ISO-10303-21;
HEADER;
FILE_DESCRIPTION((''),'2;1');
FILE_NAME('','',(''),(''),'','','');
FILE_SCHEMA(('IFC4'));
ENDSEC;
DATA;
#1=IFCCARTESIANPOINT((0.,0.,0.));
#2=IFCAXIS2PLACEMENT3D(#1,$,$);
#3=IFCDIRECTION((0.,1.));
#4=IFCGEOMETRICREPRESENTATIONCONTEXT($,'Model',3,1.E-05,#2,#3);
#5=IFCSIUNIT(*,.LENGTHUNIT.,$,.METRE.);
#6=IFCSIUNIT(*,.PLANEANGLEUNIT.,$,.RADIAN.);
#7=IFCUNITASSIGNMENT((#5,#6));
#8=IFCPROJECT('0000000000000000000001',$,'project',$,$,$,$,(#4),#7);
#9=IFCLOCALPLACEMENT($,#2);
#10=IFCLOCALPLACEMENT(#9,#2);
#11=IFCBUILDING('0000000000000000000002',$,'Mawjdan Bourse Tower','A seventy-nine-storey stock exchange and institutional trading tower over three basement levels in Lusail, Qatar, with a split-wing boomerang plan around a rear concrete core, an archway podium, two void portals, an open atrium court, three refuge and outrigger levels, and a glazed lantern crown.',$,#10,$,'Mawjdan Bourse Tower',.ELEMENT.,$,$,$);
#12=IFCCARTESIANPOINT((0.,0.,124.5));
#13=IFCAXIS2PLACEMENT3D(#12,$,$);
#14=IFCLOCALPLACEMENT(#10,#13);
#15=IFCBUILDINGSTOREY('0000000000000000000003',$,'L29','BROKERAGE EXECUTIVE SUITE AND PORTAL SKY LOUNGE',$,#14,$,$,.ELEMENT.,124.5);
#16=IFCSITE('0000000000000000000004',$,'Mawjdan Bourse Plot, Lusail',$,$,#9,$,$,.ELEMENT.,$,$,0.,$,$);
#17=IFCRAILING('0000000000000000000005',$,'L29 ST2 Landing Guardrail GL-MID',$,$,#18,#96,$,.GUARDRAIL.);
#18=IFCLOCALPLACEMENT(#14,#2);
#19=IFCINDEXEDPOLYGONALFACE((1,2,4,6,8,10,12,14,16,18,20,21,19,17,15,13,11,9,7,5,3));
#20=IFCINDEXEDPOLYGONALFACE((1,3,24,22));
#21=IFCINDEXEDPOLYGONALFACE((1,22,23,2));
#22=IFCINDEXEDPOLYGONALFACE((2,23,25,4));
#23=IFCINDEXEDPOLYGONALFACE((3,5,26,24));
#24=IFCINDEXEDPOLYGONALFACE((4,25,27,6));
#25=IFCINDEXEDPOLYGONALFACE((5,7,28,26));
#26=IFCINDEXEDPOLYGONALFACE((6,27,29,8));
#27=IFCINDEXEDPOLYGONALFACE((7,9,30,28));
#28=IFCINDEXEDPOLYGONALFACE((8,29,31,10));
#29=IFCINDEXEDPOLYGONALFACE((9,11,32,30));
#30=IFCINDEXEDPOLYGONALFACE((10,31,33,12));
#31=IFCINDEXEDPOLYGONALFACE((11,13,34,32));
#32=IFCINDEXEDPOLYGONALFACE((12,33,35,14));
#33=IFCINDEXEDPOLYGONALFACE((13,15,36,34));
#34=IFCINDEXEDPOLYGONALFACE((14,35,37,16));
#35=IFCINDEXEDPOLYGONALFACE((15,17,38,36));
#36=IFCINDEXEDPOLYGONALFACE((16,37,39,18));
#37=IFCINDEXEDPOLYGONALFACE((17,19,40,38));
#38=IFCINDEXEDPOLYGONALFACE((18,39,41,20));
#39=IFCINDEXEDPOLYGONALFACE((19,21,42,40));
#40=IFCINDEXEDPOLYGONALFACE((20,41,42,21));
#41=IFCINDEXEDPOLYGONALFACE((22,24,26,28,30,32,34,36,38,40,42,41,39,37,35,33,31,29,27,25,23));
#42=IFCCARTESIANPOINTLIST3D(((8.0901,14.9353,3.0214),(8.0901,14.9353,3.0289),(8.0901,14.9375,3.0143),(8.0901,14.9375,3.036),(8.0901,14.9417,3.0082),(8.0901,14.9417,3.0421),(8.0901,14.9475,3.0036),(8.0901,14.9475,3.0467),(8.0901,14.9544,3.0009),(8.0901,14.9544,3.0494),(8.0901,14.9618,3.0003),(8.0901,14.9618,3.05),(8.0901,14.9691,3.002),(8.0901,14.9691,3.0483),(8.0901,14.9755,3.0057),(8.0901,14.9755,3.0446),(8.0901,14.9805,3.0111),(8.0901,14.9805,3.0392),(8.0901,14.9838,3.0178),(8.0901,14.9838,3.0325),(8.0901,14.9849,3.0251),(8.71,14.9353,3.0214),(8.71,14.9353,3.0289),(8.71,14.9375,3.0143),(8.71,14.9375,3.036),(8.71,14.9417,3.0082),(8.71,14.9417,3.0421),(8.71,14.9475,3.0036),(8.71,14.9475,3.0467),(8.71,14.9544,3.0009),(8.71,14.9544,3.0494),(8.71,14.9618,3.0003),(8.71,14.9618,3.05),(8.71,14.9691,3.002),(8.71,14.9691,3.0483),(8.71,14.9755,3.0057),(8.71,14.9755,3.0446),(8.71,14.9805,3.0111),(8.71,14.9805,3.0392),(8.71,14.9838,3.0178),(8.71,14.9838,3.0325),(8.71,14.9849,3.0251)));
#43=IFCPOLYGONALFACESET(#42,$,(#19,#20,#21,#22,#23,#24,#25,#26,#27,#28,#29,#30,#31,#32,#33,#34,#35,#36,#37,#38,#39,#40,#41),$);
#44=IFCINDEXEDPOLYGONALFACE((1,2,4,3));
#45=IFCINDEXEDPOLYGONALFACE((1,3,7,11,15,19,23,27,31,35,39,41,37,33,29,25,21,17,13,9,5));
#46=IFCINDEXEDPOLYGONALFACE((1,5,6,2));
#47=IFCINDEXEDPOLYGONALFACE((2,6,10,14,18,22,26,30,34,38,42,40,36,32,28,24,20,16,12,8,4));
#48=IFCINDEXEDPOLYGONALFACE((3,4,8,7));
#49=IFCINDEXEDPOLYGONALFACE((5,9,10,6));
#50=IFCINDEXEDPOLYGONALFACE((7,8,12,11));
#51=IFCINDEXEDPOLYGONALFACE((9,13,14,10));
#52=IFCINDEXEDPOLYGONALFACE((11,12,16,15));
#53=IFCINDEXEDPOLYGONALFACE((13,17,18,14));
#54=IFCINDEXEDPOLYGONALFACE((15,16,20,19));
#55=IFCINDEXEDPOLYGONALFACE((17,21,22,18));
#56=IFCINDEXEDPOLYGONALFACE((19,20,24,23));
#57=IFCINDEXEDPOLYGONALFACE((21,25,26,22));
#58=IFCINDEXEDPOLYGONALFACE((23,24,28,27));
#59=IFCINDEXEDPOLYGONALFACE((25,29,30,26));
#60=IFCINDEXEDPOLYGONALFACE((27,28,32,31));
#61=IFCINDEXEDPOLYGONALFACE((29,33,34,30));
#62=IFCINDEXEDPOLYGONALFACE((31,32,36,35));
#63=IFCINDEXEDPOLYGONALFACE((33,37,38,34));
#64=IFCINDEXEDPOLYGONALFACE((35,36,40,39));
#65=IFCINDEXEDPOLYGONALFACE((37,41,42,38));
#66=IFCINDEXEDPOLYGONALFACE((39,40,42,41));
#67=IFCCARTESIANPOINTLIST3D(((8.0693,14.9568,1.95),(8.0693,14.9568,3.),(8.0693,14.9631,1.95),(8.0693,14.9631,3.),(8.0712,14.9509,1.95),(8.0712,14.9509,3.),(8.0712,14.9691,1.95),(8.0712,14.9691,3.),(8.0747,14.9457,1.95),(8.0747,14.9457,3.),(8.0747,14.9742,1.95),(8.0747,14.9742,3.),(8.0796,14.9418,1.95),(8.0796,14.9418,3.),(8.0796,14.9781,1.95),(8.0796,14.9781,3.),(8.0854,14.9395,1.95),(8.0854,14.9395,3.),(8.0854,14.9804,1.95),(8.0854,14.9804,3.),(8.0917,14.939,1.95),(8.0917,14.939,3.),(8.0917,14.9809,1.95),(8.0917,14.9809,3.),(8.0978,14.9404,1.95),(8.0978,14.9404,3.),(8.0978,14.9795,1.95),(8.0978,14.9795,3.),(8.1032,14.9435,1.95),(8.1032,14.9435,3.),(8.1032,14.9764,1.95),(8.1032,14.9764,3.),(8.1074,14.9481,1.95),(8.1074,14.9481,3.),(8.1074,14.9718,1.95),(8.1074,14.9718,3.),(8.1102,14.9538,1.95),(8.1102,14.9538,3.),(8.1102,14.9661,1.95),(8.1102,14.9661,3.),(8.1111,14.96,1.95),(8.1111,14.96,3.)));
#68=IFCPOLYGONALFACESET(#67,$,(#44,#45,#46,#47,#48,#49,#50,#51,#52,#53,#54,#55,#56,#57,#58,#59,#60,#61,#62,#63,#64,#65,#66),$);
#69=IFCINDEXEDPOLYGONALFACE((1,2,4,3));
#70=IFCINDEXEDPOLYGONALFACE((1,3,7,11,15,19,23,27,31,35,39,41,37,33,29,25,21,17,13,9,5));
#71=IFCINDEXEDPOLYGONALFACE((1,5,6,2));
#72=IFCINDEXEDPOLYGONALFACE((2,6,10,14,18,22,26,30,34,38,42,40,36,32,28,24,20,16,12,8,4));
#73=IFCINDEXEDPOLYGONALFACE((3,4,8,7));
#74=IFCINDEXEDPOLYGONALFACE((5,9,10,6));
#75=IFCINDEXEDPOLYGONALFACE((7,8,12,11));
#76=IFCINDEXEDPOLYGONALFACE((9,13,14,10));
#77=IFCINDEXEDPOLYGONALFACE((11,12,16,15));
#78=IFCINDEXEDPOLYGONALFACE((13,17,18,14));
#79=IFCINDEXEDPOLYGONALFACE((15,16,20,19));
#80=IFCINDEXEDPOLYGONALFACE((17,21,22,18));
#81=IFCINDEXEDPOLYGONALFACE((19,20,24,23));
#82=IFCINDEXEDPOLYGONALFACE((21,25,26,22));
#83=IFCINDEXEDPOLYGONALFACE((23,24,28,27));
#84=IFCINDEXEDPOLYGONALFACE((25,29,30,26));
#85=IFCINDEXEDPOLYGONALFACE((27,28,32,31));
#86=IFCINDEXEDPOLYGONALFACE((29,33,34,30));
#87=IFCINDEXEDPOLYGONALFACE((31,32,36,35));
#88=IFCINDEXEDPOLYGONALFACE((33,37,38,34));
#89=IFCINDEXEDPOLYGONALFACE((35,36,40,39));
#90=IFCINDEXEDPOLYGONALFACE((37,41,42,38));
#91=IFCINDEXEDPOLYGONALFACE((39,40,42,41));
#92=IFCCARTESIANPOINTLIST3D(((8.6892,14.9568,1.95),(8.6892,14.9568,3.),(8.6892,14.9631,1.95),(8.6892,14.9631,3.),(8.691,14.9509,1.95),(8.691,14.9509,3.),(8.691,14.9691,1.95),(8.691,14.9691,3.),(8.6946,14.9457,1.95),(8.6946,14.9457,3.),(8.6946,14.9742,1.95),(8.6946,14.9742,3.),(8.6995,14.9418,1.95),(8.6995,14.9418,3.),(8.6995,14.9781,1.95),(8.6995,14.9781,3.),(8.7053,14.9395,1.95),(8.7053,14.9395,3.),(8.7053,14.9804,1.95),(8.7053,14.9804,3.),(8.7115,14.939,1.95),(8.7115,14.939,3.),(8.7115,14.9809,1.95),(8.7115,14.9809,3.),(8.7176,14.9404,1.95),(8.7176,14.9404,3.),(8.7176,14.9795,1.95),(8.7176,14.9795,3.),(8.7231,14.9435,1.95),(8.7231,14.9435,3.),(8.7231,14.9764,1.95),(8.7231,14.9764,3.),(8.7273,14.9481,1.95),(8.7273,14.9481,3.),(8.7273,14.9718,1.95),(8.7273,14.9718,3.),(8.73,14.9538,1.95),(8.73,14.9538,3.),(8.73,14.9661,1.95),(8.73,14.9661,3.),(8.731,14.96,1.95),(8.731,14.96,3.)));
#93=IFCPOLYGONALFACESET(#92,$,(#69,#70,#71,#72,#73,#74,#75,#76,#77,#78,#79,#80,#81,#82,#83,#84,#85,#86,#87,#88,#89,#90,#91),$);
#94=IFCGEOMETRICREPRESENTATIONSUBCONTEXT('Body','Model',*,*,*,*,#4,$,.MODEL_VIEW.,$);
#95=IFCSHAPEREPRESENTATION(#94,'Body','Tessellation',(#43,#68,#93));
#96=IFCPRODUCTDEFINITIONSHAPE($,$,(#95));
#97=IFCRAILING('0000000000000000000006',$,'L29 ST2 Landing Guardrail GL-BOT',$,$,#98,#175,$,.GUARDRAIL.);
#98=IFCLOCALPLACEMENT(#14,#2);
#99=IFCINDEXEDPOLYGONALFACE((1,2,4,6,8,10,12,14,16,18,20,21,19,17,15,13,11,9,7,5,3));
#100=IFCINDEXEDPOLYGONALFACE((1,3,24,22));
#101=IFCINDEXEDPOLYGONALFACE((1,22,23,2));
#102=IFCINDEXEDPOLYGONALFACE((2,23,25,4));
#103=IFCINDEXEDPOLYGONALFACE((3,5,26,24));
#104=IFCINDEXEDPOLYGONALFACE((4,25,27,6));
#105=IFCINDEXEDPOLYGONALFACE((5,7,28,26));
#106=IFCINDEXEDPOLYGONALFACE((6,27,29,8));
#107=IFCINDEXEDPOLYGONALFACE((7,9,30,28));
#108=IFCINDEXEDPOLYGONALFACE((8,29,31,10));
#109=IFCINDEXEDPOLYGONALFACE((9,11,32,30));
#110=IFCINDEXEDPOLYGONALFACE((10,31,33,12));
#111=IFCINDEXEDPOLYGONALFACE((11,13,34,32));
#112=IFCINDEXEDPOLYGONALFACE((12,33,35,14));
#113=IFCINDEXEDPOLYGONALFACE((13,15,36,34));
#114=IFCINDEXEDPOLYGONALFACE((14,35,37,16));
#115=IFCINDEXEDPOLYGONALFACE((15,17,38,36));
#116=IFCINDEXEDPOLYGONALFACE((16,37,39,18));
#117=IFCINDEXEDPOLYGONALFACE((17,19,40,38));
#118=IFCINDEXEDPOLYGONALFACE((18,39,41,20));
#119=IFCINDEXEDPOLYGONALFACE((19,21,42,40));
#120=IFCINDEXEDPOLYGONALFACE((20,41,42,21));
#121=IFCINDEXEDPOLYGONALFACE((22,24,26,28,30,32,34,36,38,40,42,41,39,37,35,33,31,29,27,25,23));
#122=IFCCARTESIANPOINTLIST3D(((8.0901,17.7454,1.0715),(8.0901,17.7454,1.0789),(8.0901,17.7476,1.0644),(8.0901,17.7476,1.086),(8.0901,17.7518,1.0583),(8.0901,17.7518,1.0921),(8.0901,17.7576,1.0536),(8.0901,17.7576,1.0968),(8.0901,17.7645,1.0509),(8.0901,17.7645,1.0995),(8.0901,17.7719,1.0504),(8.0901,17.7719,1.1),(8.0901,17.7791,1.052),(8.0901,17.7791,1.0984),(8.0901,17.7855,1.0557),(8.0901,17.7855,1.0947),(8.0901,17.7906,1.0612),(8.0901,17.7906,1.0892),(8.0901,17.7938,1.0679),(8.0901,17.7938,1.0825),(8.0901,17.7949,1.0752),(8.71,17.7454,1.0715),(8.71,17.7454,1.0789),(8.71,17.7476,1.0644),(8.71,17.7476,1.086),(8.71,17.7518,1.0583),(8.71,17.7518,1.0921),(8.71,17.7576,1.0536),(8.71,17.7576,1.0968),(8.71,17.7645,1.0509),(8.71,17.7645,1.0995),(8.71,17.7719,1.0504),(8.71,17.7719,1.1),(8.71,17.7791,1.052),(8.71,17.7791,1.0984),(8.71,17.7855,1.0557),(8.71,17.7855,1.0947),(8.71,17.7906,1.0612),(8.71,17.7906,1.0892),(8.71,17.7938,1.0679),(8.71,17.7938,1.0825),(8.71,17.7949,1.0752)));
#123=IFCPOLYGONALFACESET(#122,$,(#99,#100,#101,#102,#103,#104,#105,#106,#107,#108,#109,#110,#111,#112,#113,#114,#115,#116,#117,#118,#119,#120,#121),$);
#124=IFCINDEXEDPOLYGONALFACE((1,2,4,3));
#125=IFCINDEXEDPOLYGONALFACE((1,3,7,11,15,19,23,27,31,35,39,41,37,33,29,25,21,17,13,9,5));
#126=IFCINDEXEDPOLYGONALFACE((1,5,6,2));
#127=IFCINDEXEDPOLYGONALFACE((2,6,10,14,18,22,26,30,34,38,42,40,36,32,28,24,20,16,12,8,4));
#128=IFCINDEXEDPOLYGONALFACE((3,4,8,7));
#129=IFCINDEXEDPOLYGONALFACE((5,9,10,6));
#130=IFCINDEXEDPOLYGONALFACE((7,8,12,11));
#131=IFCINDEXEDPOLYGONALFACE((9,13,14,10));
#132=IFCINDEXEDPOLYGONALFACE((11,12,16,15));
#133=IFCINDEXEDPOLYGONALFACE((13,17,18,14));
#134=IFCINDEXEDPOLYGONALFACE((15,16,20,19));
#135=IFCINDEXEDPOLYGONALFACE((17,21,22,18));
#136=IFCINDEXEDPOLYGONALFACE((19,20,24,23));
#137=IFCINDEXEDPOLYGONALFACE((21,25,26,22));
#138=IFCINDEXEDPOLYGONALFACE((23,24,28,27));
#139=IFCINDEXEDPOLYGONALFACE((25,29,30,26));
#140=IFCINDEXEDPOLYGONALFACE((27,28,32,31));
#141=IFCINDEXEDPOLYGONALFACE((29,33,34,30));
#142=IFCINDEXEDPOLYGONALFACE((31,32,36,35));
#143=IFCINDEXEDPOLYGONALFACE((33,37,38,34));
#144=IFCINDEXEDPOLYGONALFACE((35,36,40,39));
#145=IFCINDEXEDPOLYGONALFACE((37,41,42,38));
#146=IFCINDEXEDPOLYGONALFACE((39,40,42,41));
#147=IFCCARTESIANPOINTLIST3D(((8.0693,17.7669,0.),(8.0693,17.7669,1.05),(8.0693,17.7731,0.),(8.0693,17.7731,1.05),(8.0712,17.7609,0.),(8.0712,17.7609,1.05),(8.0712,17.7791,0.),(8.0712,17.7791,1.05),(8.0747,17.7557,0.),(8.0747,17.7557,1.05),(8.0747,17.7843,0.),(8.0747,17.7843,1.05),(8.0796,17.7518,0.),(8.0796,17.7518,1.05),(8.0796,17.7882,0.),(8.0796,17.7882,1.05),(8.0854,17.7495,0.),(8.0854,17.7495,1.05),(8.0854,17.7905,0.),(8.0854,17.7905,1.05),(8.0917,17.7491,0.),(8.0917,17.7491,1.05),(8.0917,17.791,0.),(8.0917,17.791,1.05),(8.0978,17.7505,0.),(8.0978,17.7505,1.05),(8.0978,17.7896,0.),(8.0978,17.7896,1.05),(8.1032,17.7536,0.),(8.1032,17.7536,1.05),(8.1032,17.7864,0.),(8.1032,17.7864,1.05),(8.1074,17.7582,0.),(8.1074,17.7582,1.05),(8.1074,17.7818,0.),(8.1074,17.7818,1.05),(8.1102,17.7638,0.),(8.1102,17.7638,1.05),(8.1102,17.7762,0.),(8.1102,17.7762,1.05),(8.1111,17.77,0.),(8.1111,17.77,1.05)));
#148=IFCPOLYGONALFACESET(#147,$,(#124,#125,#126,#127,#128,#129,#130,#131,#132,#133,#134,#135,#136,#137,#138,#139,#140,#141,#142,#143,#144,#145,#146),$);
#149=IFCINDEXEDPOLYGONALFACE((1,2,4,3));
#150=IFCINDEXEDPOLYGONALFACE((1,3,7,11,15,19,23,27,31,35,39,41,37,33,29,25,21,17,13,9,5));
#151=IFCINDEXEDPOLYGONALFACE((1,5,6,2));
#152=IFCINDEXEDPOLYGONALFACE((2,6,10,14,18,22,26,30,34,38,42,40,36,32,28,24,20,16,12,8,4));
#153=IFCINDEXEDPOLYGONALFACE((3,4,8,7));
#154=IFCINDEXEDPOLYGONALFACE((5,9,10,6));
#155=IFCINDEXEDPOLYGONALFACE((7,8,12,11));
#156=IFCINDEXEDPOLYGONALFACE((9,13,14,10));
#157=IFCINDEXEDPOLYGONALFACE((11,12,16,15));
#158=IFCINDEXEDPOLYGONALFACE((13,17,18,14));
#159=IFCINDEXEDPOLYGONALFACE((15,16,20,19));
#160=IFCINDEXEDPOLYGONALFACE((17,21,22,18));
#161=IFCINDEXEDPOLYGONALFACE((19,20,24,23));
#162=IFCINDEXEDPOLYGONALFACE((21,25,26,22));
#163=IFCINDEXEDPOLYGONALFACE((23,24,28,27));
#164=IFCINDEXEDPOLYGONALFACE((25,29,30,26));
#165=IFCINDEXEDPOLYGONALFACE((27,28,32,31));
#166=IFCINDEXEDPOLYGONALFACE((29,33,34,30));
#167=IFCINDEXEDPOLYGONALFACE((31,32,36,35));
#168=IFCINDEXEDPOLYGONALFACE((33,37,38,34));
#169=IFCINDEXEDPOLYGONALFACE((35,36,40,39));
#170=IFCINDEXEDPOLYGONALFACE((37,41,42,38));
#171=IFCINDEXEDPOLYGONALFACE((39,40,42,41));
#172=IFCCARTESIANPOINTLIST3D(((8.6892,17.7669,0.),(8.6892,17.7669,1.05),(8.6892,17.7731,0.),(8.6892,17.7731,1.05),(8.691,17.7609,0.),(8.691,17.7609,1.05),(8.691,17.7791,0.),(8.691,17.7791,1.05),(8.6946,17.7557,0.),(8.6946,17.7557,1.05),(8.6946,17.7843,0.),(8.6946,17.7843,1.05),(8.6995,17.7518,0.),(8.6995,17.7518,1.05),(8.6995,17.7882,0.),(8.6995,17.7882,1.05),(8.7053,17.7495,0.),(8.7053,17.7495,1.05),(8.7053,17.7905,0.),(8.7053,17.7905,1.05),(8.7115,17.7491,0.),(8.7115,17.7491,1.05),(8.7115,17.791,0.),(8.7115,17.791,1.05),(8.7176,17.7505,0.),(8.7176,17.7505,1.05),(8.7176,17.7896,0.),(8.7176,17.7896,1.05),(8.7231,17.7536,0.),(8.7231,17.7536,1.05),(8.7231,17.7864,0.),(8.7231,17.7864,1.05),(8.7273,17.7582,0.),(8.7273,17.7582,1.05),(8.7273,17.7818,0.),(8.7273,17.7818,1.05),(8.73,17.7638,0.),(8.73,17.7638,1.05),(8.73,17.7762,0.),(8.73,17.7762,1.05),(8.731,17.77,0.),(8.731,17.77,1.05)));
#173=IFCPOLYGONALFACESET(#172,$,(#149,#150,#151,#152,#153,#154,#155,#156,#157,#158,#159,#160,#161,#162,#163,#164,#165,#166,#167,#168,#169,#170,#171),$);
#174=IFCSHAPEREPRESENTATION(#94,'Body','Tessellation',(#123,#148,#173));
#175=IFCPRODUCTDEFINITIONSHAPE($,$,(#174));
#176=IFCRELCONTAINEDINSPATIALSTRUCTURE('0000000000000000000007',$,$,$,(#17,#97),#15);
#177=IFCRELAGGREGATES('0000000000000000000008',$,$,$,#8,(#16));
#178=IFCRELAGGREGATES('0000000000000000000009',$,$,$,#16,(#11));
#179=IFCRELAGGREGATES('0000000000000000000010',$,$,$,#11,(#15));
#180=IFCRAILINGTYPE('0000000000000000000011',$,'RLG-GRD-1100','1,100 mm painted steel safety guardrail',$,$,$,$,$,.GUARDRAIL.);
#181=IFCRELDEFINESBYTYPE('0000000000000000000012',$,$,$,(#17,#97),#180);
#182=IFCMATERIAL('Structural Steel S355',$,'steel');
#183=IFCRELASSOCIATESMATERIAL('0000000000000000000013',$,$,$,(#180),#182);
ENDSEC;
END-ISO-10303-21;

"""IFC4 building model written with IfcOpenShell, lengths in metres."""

from ifc_helpers import new_model, si_unit, direction, frame, origin, origin_2d, place, context, subcontext, project, spatial, circle, extrude, material, type_object, element, save


model = new_model("IFC4")

# Units and contexts
model_context = context("Model", 3, precision=1e-05, world=origin(), true_north=direction((0.0, 1.0)))
body_context = subcontext(model_context, "Body", "Model", "MODEL_VIEW")
ifc_project = project(units=[si_unit("LENGTHUNIT", "METRE"), si_unit("PLANEANGLEUNIT", "RADIAN")], contexts=[model_context])

# Site, building, storey
site_placement = place(None, origin())
site = spatial("IfcSite", under=ifc_project, at=site_placement, Name="Mawjdan Bourse Plot, Lusail", CompositionType="ELEMENT", RefElevation=0.0)
building_placement = place(site_placement, origin())
building = spatial("IfcBuilding", under=site, at=building_placement, Name="Mawjdan Bourse Tower", Description="A seventy-nine-storey stock exchange and institutional trading tower over three basement levels in Lusail, Qatar, with a split-wing boomerang plan around a rear concrete core, an archway podium, two void portals, an open atrium court, three refuge and outrigger levels, and a glazed lantern crown.", LongName="Mawjdan Bourse Tower", CompositionType="ELEMENT")
storey_placement = place(building_placement, frame((0.0, 0.0, 124.5)))
storey = spatial("IfcBuildingStorey", under=building, at=storey_placement, Name="L29", Description="BROKERAGE EXECUTIVE SUITE AND PORTAL SKY LOUNGE", CompositionType="ELEMENT", Elevation=124.5)

# Shared definitions
ifc_material_1 = material(Name="Structural Steel S355", Category="steel")

# Railings
railing_type_1 = type_object("IfcRailingType", Name="RLG-GRD-1100", Description="1,100 mm painted steel safety guardrail", PredefinedType="GUARDRAIL", material=ifc_material_1)
for number, where, name in (
    (1, (8.0901, 14.96, 1.95), "L29 ST2 Landing Guardrail GL-MID"),
    (2, (8.0901, 17.77, 0.0), "L29 ST2 Landing Guardrail GL-BOT"),
):
    element("IfcRailing", number, at=place(storey_placement, frame(where)), inside=storey, type_object=railing_type_1, Name=name, PredefinedType="GUARDRAIL", context=body_context, shape_type="SweptSolid", body=[
        extrude(circle(Radius=0.0249, at=origin_2d()), frame((0.0, 0.0, 1.0752), z_axis=(1.0, 0.0, 0.0), x_axis=(0.0, 1.0, 0.0)), (0.0, 0.0, 1.0), 0.6199),
        extrude(circle(Radius=0.021, at=origin_2d()), origin(), (0.0, 0.0, 1.0), 1.05),
        extrude(circle(Radius=0.021, at=origin_2d()), frame((0.6199, 0.0, 0.0)), (0.0, 0.0, 1.0), 1.05),
    ])

save(model, "model.ifc")
